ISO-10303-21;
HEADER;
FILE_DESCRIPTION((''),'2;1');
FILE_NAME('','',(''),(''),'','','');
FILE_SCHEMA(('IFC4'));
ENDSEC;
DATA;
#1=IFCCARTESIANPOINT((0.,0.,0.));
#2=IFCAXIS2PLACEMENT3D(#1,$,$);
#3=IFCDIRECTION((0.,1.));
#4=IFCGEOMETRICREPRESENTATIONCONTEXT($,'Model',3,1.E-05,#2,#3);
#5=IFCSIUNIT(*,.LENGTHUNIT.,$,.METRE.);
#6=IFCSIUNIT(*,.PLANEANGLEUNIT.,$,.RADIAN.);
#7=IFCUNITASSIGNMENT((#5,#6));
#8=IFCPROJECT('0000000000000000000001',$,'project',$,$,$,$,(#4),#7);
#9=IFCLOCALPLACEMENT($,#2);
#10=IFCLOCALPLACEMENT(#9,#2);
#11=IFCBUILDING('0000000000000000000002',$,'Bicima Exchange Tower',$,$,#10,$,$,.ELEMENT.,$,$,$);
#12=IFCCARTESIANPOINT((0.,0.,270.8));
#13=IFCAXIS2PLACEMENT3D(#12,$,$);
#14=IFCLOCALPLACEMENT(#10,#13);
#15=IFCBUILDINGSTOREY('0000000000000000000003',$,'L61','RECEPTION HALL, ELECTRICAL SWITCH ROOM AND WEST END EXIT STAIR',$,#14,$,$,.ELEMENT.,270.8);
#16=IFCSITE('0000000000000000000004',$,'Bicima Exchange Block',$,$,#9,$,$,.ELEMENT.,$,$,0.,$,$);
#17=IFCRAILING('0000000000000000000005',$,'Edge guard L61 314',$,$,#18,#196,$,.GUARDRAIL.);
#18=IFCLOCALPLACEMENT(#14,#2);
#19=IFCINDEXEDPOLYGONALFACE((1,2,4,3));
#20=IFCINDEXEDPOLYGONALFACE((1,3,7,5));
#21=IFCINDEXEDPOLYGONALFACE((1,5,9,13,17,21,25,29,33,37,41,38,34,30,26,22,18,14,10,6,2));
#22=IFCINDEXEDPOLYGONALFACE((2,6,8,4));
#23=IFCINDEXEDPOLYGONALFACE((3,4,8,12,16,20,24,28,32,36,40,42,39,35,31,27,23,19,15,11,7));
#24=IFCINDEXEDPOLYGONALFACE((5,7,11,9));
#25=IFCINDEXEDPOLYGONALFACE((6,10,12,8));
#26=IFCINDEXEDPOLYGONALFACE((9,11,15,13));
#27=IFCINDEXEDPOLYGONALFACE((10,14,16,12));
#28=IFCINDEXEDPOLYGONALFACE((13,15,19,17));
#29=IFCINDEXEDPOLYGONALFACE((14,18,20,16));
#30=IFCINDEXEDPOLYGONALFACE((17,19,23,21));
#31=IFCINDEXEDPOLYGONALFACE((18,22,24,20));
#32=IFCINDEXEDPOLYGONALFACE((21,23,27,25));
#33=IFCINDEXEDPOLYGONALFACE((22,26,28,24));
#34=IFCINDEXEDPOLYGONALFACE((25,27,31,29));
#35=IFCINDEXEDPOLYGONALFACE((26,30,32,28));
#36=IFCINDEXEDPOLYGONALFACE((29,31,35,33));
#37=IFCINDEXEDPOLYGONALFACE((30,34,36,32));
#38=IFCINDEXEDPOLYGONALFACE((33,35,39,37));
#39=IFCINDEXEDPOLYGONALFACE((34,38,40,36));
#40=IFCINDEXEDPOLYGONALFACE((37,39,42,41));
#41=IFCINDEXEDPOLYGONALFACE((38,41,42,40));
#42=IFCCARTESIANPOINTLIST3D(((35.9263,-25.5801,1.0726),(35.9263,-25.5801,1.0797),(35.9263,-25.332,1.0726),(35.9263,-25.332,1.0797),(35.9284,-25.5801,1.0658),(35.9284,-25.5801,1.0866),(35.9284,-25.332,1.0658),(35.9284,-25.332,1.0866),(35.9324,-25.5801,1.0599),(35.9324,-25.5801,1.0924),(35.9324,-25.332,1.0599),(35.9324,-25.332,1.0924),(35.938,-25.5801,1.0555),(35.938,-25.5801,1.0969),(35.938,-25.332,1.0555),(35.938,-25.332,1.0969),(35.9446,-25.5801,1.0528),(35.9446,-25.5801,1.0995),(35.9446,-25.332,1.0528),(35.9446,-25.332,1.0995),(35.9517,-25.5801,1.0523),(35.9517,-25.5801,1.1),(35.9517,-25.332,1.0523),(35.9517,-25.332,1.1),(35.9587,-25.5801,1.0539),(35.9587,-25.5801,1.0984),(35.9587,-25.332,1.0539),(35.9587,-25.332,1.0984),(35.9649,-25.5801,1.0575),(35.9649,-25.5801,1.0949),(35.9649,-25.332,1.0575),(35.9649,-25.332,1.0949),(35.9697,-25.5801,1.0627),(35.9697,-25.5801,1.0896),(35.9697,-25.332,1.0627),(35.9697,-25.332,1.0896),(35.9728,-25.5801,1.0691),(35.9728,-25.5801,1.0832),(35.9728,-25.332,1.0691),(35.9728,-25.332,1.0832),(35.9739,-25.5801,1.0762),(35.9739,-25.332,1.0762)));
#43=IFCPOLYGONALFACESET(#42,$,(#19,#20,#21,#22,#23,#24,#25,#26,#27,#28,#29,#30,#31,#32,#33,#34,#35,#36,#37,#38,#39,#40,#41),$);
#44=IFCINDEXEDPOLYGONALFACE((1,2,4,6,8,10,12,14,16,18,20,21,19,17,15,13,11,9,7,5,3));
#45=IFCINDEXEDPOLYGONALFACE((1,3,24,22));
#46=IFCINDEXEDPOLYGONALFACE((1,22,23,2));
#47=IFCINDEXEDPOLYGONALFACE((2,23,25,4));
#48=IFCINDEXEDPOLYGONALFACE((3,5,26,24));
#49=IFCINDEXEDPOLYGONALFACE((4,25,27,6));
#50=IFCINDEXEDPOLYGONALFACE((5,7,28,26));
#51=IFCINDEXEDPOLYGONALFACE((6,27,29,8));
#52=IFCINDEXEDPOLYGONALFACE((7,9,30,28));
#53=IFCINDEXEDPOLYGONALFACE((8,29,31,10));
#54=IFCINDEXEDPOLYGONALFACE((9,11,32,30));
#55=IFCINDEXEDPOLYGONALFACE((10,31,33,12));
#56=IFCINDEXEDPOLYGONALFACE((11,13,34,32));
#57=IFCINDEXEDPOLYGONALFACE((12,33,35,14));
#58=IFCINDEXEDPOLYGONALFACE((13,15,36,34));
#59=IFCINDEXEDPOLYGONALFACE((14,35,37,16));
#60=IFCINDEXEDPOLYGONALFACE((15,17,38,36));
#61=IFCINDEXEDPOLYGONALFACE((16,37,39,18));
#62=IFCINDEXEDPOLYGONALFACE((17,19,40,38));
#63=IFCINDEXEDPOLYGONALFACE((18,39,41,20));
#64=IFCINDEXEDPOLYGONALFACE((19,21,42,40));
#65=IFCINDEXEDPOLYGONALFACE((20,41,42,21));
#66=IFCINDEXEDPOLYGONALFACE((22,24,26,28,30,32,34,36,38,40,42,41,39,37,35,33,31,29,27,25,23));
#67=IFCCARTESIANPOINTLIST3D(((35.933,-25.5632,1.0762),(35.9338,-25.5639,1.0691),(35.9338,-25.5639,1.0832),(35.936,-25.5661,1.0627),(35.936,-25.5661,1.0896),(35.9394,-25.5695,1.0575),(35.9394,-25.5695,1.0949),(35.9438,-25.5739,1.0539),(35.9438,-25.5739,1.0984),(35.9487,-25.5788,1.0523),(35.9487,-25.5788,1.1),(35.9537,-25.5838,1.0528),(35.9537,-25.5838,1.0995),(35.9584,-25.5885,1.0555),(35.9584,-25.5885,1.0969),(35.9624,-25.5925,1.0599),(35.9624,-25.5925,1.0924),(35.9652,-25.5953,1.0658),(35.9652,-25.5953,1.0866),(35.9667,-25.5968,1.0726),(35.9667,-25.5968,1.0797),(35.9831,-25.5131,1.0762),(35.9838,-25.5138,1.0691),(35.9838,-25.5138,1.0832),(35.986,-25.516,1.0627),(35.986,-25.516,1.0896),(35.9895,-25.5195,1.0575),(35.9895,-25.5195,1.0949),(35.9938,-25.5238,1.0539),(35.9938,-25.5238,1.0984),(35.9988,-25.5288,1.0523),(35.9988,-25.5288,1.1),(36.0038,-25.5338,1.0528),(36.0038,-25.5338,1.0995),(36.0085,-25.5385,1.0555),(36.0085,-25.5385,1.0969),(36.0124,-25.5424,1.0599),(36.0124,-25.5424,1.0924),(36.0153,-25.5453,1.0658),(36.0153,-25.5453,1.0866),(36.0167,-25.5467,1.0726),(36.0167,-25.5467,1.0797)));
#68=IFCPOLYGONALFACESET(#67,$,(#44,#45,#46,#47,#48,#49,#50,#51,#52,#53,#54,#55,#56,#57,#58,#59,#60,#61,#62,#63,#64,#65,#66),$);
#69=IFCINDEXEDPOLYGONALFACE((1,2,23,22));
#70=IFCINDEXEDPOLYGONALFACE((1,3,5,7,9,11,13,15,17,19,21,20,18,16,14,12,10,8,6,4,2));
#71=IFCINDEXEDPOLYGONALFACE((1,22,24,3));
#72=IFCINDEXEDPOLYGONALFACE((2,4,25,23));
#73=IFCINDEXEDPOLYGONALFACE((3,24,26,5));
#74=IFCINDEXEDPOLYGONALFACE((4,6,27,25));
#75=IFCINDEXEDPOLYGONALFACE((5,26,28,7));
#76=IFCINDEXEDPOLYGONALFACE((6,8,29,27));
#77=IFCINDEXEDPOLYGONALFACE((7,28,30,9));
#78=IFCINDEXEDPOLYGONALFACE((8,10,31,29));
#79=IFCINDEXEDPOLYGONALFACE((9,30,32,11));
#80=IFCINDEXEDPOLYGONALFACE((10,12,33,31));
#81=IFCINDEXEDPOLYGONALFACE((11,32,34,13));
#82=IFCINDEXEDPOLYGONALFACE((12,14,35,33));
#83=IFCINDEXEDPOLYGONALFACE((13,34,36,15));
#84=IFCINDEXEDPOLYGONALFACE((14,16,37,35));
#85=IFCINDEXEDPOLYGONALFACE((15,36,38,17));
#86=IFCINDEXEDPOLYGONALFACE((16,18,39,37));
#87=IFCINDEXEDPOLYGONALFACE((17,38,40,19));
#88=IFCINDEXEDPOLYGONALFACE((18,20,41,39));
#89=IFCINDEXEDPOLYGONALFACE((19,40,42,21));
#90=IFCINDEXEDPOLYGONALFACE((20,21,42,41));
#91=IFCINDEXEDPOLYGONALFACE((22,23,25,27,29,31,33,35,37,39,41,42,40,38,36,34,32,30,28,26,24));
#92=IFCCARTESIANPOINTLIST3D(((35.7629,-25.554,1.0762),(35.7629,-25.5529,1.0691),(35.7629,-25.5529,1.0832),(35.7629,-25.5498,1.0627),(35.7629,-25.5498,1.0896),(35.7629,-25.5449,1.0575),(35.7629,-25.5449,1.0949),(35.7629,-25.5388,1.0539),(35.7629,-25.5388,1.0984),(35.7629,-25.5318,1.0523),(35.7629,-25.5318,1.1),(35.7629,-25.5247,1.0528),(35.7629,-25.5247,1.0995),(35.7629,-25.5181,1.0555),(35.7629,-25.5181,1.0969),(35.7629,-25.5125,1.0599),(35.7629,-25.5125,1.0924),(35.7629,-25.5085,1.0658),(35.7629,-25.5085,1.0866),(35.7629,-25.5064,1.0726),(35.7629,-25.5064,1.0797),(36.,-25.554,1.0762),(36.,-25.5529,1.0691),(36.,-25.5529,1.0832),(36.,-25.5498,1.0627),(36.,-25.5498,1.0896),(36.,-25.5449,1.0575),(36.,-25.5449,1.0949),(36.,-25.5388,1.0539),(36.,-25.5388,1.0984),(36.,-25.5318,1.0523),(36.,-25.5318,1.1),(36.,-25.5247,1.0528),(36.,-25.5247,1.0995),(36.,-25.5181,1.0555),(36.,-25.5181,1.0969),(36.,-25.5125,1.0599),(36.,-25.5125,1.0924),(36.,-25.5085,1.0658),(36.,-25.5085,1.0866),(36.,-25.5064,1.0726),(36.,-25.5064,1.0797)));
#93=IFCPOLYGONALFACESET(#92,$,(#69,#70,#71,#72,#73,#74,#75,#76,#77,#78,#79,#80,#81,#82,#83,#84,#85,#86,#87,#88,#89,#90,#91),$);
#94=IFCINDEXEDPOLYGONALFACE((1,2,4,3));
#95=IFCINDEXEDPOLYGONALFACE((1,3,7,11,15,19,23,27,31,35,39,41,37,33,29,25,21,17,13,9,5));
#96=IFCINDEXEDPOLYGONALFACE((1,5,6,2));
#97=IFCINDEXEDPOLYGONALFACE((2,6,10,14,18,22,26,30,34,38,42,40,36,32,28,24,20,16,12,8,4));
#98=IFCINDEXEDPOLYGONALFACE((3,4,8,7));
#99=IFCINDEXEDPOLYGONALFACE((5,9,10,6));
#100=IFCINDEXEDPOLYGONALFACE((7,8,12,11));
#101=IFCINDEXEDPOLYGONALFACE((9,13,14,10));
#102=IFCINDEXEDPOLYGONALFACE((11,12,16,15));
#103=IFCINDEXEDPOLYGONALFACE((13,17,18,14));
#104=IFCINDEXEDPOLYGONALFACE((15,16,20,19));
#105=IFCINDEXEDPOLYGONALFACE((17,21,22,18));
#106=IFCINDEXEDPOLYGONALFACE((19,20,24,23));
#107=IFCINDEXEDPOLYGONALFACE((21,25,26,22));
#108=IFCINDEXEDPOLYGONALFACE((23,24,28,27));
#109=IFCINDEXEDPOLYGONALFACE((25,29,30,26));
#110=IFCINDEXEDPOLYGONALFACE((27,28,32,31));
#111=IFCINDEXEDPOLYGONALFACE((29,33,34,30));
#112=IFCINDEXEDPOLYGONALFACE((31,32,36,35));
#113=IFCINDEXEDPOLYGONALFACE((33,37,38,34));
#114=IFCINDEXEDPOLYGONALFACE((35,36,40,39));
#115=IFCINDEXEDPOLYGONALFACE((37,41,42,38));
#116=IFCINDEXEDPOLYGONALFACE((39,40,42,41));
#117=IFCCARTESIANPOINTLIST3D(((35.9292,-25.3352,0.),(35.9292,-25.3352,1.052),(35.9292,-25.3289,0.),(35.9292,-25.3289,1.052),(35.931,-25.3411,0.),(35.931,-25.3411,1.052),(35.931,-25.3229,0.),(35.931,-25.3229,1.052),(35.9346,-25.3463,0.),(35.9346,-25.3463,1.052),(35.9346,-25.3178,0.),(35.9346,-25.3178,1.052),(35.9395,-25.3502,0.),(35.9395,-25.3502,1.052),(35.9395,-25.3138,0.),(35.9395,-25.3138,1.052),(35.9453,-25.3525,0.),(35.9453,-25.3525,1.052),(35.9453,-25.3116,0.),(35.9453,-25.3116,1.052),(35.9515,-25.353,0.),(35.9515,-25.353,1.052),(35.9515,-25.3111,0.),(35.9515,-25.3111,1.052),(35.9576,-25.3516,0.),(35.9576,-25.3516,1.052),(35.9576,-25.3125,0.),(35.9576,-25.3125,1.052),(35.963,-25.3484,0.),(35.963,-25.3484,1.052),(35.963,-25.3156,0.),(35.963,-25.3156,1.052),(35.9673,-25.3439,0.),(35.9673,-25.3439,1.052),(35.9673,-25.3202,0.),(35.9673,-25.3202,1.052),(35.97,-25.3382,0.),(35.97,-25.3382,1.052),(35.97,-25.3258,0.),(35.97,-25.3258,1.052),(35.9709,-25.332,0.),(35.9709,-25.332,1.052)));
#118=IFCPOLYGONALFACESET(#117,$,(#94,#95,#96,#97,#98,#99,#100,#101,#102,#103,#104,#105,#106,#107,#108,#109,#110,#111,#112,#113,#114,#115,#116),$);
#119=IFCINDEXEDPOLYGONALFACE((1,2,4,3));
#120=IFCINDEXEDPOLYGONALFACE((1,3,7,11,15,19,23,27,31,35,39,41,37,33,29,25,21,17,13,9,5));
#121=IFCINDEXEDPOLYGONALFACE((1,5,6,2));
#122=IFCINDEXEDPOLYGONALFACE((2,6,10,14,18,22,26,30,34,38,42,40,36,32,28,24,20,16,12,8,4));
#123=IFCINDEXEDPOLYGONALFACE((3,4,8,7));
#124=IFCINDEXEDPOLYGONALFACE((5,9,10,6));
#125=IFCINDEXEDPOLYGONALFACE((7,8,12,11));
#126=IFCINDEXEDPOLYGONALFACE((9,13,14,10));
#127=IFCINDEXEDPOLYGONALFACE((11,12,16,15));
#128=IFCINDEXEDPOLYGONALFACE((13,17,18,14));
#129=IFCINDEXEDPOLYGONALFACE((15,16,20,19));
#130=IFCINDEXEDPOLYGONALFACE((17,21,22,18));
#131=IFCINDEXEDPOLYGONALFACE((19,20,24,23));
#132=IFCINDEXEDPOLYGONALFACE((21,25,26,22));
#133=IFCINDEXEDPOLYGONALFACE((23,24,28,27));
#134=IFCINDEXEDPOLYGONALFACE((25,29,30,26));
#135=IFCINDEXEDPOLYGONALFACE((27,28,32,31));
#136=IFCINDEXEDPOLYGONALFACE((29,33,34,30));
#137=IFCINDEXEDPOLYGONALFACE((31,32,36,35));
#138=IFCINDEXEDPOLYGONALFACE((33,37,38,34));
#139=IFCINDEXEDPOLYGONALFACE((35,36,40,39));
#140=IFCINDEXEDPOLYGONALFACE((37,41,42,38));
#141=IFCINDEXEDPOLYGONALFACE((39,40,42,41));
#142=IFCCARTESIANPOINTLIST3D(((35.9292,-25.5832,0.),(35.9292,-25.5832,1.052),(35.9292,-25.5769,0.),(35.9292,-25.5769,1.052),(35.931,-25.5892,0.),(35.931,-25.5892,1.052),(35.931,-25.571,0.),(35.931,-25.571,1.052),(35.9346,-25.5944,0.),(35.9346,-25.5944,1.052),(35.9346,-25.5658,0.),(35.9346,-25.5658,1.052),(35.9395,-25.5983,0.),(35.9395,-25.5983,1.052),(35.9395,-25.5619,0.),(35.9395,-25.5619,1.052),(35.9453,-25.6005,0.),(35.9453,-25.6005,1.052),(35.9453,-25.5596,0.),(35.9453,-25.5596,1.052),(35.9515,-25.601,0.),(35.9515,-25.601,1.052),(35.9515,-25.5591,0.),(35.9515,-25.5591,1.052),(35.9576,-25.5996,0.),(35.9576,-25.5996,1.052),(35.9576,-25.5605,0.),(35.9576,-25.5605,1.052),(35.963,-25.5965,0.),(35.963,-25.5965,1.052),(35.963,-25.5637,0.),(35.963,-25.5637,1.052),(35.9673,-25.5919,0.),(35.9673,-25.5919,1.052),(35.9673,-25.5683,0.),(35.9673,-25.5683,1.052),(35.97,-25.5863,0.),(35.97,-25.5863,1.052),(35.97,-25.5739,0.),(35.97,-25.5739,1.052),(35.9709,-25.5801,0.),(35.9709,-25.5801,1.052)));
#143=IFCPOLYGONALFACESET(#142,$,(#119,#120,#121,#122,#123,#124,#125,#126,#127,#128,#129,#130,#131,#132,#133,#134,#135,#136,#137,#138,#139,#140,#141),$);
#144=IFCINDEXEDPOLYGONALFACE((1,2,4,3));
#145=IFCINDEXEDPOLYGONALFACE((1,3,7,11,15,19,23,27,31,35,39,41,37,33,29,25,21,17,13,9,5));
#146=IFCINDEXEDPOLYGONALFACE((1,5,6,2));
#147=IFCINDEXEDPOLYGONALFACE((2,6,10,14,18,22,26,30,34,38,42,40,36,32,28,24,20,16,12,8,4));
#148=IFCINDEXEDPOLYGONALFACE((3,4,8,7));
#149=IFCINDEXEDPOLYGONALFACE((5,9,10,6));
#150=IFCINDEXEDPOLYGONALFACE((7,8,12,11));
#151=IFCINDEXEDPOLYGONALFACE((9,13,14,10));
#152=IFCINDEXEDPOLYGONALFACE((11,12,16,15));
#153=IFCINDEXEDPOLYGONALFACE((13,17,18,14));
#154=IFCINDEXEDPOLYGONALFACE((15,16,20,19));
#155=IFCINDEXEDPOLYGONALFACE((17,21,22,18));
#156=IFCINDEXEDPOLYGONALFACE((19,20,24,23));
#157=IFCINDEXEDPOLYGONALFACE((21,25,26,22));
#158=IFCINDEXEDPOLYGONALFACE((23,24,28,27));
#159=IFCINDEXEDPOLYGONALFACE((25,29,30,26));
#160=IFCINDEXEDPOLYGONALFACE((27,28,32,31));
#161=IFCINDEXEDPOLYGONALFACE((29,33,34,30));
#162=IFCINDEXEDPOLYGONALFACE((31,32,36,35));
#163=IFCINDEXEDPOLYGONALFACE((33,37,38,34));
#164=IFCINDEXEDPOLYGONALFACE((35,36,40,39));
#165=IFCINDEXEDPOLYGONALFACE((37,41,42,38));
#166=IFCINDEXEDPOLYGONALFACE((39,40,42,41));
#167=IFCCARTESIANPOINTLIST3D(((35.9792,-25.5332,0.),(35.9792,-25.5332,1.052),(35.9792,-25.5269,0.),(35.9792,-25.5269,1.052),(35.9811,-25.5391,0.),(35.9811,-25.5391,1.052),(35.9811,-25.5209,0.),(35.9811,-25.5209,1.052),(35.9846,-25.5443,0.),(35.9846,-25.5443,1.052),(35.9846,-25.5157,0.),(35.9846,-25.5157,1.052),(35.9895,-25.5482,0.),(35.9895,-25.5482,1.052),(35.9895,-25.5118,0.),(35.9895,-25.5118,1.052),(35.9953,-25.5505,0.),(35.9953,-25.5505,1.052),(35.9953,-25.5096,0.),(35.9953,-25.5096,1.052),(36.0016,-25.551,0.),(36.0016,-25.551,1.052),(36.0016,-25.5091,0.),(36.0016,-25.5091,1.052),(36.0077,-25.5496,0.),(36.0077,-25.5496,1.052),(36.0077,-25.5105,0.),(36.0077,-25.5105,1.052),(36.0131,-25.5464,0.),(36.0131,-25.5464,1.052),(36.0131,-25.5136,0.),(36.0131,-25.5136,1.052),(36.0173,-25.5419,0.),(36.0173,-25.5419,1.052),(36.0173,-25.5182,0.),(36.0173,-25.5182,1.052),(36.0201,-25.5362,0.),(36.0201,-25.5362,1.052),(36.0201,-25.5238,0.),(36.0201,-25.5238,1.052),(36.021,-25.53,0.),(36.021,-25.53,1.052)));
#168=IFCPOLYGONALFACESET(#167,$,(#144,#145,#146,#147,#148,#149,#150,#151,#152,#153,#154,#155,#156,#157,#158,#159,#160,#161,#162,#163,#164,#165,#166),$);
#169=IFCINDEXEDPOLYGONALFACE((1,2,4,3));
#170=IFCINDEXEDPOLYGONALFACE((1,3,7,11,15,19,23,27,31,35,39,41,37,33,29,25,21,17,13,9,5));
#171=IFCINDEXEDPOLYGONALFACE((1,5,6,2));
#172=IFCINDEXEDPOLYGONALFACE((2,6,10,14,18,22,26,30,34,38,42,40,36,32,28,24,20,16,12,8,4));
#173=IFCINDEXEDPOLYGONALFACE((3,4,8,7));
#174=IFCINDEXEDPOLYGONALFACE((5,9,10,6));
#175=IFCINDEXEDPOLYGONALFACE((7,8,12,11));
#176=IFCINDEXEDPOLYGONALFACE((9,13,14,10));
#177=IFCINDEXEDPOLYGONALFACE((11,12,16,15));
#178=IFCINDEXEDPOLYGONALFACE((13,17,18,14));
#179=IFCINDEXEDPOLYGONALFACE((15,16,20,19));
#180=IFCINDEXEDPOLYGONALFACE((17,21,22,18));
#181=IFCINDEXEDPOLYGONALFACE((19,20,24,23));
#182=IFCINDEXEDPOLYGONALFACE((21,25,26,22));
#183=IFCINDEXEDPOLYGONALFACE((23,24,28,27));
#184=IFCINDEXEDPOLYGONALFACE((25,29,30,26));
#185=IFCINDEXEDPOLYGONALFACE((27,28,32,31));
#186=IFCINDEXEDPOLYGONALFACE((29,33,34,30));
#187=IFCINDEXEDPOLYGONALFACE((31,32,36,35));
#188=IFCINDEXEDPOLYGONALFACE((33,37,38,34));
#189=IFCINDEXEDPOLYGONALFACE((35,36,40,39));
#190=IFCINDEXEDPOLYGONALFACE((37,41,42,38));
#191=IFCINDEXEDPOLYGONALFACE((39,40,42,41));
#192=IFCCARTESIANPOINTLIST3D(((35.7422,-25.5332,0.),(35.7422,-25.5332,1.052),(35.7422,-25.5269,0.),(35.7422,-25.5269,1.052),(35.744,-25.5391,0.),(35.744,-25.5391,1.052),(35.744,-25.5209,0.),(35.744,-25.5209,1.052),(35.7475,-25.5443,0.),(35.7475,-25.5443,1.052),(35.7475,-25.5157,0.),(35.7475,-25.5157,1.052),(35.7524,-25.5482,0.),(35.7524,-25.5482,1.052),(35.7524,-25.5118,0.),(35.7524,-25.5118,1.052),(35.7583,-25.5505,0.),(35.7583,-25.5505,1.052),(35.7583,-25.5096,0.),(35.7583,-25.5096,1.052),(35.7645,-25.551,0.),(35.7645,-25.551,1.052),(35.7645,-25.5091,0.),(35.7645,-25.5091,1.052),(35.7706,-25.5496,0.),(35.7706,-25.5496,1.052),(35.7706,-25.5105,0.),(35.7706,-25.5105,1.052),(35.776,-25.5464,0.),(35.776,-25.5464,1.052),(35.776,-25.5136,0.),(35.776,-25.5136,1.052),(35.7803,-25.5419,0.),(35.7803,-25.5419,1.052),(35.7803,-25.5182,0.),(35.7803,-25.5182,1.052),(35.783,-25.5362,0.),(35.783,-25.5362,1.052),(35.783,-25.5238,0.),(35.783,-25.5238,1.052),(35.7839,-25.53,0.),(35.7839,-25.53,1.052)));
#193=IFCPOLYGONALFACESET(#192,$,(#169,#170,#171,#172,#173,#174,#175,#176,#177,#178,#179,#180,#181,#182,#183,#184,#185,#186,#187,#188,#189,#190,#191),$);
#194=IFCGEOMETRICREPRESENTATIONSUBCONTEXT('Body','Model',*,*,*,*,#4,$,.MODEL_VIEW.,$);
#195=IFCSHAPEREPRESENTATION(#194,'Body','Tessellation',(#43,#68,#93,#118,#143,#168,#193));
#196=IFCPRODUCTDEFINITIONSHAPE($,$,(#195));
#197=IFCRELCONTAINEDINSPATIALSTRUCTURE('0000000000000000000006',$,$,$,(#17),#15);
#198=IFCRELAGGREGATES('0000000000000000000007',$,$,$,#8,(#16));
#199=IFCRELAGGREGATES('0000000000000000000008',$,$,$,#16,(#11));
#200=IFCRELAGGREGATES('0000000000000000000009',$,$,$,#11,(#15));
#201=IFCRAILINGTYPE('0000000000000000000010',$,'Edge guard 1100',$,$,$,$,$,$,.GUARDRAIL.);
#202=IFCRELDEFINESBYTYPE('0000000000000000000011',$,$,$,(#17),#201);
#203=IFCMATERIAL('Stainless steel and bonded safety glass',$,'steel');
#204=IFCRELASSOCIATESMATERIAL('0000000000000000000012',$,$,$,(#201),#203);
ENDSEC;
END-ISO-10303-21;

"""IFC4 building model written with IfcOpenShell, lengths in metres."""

from ifc_helpers import new_model, si_unit, direction, frame, origin, origin_2d, place, context, subcontext, project, spatial, circle, extrude, material, type_object, element, save


model = new_model("IFC4")

# Units and contexts
model_context = context("Model", 3, precision=1e-05, world=origin(), true_north=direction((0.0, 1.0)))
body_context = subcontext(model_context, "Body", "Model", "MODEL_VIEW")
ifc_project = project(units=[si_unit("LENGTHUNIT", "METRE"), si_unit("PLANEANGLEUNIT", "RADIAN")], contexts=[model_context])

# Site, building, storey
site_placement = place(None, origin())
site = spatial("IfcSite", under=ifc_project, at=site_placement, Name="Bicima Exchange Block", CompositionType="ELEMENT", RefElevation=0.0)
building_placement = place(site_placement, origin())
building = spatial("IfcBuilding", under=site, at=building_placement, Name="Bicima Exchange Tower", CompositionType="ELEMENT")
storey_placement = place(building_placement, frame((0.0, 0.0, 270.8)))
storey = spatial("IfcBuildingStorey", under=building, at=storey_placement, Name="L61", Description="RECEPTION HALL, ELECTRICAL SWITCH ROOM AND WEST END EXIT STAIR", CompositionType="ELEMENT", Elevation=270.8)

# Railing
ifc_material_1 = material(Name="Stainless steel and bonded safety glass", Category="steel")
railing_type = type_object("IfcRailingType", Name="Edge guard 1100", PredefinedType="GUARDRAIL", material=ifc_material_1)
railing_placement = place(storey_placement, frame((35.95, -25.332, 0.0)))
element("IfcRailing", 1, at=railing_placement, inside=storey, type_object=railing_type, Name="Edge guard L61 314", PredefinedType="GUARDRAIL", context=body_context, shape_type="SweptSolid", body=[
    extrude(circle(Radius=0.0239, at=origin_2d()), frame((0.0, 0.0, 1.0762), z_axis=(0.0, -1.0, 0.0), x_axis=(1.0, 0.0, 0.0)), (0.0, 0.0, 1.0), 0.248),
    extrude(circle(Radius=0.0239, at=origin_2d()), frame((0.0, -0.248, 1.0762), z_axis=(0.707107, 0.707107, 0.0), x_axis=(-0.707107, 0.707107, 0.0)), (0.0, 0.0, 1.0), 0.0708),
    extrude(circle(Radius=0.0239, at=origin_2d()), frame((0.05, -0.198, 1.0762), z_axis=(-1.0, 0.0, 0.0), x_axis=(0.0, -1.0, 0.0)), (0.0, 0.0, 1.0), 0.2371),
    extrude(circle(Radius=0.021, at=origin_2d()), origin(), (0.0, 0.0, 1.0), 1.052),
    extrude(circle(Radius=0.021, at=origin_2d()), frame((0.0, -0.248, 0.0)), (0.0, 0.0, 1.0), 1.052),
    extrude(circle(Radius=0.021, at=origin_2d()), frame((0.05, -0.198, 0.0)), (0.0, 0.0, 1.0), 1.052),
    extrude(circle(Radius=0.021, at=origin_2d()), frame((-0.187, -0.198, 0.0)), (0.0, 0.0, 1.0), 1.052),
])

save(model, "model.ifc")
